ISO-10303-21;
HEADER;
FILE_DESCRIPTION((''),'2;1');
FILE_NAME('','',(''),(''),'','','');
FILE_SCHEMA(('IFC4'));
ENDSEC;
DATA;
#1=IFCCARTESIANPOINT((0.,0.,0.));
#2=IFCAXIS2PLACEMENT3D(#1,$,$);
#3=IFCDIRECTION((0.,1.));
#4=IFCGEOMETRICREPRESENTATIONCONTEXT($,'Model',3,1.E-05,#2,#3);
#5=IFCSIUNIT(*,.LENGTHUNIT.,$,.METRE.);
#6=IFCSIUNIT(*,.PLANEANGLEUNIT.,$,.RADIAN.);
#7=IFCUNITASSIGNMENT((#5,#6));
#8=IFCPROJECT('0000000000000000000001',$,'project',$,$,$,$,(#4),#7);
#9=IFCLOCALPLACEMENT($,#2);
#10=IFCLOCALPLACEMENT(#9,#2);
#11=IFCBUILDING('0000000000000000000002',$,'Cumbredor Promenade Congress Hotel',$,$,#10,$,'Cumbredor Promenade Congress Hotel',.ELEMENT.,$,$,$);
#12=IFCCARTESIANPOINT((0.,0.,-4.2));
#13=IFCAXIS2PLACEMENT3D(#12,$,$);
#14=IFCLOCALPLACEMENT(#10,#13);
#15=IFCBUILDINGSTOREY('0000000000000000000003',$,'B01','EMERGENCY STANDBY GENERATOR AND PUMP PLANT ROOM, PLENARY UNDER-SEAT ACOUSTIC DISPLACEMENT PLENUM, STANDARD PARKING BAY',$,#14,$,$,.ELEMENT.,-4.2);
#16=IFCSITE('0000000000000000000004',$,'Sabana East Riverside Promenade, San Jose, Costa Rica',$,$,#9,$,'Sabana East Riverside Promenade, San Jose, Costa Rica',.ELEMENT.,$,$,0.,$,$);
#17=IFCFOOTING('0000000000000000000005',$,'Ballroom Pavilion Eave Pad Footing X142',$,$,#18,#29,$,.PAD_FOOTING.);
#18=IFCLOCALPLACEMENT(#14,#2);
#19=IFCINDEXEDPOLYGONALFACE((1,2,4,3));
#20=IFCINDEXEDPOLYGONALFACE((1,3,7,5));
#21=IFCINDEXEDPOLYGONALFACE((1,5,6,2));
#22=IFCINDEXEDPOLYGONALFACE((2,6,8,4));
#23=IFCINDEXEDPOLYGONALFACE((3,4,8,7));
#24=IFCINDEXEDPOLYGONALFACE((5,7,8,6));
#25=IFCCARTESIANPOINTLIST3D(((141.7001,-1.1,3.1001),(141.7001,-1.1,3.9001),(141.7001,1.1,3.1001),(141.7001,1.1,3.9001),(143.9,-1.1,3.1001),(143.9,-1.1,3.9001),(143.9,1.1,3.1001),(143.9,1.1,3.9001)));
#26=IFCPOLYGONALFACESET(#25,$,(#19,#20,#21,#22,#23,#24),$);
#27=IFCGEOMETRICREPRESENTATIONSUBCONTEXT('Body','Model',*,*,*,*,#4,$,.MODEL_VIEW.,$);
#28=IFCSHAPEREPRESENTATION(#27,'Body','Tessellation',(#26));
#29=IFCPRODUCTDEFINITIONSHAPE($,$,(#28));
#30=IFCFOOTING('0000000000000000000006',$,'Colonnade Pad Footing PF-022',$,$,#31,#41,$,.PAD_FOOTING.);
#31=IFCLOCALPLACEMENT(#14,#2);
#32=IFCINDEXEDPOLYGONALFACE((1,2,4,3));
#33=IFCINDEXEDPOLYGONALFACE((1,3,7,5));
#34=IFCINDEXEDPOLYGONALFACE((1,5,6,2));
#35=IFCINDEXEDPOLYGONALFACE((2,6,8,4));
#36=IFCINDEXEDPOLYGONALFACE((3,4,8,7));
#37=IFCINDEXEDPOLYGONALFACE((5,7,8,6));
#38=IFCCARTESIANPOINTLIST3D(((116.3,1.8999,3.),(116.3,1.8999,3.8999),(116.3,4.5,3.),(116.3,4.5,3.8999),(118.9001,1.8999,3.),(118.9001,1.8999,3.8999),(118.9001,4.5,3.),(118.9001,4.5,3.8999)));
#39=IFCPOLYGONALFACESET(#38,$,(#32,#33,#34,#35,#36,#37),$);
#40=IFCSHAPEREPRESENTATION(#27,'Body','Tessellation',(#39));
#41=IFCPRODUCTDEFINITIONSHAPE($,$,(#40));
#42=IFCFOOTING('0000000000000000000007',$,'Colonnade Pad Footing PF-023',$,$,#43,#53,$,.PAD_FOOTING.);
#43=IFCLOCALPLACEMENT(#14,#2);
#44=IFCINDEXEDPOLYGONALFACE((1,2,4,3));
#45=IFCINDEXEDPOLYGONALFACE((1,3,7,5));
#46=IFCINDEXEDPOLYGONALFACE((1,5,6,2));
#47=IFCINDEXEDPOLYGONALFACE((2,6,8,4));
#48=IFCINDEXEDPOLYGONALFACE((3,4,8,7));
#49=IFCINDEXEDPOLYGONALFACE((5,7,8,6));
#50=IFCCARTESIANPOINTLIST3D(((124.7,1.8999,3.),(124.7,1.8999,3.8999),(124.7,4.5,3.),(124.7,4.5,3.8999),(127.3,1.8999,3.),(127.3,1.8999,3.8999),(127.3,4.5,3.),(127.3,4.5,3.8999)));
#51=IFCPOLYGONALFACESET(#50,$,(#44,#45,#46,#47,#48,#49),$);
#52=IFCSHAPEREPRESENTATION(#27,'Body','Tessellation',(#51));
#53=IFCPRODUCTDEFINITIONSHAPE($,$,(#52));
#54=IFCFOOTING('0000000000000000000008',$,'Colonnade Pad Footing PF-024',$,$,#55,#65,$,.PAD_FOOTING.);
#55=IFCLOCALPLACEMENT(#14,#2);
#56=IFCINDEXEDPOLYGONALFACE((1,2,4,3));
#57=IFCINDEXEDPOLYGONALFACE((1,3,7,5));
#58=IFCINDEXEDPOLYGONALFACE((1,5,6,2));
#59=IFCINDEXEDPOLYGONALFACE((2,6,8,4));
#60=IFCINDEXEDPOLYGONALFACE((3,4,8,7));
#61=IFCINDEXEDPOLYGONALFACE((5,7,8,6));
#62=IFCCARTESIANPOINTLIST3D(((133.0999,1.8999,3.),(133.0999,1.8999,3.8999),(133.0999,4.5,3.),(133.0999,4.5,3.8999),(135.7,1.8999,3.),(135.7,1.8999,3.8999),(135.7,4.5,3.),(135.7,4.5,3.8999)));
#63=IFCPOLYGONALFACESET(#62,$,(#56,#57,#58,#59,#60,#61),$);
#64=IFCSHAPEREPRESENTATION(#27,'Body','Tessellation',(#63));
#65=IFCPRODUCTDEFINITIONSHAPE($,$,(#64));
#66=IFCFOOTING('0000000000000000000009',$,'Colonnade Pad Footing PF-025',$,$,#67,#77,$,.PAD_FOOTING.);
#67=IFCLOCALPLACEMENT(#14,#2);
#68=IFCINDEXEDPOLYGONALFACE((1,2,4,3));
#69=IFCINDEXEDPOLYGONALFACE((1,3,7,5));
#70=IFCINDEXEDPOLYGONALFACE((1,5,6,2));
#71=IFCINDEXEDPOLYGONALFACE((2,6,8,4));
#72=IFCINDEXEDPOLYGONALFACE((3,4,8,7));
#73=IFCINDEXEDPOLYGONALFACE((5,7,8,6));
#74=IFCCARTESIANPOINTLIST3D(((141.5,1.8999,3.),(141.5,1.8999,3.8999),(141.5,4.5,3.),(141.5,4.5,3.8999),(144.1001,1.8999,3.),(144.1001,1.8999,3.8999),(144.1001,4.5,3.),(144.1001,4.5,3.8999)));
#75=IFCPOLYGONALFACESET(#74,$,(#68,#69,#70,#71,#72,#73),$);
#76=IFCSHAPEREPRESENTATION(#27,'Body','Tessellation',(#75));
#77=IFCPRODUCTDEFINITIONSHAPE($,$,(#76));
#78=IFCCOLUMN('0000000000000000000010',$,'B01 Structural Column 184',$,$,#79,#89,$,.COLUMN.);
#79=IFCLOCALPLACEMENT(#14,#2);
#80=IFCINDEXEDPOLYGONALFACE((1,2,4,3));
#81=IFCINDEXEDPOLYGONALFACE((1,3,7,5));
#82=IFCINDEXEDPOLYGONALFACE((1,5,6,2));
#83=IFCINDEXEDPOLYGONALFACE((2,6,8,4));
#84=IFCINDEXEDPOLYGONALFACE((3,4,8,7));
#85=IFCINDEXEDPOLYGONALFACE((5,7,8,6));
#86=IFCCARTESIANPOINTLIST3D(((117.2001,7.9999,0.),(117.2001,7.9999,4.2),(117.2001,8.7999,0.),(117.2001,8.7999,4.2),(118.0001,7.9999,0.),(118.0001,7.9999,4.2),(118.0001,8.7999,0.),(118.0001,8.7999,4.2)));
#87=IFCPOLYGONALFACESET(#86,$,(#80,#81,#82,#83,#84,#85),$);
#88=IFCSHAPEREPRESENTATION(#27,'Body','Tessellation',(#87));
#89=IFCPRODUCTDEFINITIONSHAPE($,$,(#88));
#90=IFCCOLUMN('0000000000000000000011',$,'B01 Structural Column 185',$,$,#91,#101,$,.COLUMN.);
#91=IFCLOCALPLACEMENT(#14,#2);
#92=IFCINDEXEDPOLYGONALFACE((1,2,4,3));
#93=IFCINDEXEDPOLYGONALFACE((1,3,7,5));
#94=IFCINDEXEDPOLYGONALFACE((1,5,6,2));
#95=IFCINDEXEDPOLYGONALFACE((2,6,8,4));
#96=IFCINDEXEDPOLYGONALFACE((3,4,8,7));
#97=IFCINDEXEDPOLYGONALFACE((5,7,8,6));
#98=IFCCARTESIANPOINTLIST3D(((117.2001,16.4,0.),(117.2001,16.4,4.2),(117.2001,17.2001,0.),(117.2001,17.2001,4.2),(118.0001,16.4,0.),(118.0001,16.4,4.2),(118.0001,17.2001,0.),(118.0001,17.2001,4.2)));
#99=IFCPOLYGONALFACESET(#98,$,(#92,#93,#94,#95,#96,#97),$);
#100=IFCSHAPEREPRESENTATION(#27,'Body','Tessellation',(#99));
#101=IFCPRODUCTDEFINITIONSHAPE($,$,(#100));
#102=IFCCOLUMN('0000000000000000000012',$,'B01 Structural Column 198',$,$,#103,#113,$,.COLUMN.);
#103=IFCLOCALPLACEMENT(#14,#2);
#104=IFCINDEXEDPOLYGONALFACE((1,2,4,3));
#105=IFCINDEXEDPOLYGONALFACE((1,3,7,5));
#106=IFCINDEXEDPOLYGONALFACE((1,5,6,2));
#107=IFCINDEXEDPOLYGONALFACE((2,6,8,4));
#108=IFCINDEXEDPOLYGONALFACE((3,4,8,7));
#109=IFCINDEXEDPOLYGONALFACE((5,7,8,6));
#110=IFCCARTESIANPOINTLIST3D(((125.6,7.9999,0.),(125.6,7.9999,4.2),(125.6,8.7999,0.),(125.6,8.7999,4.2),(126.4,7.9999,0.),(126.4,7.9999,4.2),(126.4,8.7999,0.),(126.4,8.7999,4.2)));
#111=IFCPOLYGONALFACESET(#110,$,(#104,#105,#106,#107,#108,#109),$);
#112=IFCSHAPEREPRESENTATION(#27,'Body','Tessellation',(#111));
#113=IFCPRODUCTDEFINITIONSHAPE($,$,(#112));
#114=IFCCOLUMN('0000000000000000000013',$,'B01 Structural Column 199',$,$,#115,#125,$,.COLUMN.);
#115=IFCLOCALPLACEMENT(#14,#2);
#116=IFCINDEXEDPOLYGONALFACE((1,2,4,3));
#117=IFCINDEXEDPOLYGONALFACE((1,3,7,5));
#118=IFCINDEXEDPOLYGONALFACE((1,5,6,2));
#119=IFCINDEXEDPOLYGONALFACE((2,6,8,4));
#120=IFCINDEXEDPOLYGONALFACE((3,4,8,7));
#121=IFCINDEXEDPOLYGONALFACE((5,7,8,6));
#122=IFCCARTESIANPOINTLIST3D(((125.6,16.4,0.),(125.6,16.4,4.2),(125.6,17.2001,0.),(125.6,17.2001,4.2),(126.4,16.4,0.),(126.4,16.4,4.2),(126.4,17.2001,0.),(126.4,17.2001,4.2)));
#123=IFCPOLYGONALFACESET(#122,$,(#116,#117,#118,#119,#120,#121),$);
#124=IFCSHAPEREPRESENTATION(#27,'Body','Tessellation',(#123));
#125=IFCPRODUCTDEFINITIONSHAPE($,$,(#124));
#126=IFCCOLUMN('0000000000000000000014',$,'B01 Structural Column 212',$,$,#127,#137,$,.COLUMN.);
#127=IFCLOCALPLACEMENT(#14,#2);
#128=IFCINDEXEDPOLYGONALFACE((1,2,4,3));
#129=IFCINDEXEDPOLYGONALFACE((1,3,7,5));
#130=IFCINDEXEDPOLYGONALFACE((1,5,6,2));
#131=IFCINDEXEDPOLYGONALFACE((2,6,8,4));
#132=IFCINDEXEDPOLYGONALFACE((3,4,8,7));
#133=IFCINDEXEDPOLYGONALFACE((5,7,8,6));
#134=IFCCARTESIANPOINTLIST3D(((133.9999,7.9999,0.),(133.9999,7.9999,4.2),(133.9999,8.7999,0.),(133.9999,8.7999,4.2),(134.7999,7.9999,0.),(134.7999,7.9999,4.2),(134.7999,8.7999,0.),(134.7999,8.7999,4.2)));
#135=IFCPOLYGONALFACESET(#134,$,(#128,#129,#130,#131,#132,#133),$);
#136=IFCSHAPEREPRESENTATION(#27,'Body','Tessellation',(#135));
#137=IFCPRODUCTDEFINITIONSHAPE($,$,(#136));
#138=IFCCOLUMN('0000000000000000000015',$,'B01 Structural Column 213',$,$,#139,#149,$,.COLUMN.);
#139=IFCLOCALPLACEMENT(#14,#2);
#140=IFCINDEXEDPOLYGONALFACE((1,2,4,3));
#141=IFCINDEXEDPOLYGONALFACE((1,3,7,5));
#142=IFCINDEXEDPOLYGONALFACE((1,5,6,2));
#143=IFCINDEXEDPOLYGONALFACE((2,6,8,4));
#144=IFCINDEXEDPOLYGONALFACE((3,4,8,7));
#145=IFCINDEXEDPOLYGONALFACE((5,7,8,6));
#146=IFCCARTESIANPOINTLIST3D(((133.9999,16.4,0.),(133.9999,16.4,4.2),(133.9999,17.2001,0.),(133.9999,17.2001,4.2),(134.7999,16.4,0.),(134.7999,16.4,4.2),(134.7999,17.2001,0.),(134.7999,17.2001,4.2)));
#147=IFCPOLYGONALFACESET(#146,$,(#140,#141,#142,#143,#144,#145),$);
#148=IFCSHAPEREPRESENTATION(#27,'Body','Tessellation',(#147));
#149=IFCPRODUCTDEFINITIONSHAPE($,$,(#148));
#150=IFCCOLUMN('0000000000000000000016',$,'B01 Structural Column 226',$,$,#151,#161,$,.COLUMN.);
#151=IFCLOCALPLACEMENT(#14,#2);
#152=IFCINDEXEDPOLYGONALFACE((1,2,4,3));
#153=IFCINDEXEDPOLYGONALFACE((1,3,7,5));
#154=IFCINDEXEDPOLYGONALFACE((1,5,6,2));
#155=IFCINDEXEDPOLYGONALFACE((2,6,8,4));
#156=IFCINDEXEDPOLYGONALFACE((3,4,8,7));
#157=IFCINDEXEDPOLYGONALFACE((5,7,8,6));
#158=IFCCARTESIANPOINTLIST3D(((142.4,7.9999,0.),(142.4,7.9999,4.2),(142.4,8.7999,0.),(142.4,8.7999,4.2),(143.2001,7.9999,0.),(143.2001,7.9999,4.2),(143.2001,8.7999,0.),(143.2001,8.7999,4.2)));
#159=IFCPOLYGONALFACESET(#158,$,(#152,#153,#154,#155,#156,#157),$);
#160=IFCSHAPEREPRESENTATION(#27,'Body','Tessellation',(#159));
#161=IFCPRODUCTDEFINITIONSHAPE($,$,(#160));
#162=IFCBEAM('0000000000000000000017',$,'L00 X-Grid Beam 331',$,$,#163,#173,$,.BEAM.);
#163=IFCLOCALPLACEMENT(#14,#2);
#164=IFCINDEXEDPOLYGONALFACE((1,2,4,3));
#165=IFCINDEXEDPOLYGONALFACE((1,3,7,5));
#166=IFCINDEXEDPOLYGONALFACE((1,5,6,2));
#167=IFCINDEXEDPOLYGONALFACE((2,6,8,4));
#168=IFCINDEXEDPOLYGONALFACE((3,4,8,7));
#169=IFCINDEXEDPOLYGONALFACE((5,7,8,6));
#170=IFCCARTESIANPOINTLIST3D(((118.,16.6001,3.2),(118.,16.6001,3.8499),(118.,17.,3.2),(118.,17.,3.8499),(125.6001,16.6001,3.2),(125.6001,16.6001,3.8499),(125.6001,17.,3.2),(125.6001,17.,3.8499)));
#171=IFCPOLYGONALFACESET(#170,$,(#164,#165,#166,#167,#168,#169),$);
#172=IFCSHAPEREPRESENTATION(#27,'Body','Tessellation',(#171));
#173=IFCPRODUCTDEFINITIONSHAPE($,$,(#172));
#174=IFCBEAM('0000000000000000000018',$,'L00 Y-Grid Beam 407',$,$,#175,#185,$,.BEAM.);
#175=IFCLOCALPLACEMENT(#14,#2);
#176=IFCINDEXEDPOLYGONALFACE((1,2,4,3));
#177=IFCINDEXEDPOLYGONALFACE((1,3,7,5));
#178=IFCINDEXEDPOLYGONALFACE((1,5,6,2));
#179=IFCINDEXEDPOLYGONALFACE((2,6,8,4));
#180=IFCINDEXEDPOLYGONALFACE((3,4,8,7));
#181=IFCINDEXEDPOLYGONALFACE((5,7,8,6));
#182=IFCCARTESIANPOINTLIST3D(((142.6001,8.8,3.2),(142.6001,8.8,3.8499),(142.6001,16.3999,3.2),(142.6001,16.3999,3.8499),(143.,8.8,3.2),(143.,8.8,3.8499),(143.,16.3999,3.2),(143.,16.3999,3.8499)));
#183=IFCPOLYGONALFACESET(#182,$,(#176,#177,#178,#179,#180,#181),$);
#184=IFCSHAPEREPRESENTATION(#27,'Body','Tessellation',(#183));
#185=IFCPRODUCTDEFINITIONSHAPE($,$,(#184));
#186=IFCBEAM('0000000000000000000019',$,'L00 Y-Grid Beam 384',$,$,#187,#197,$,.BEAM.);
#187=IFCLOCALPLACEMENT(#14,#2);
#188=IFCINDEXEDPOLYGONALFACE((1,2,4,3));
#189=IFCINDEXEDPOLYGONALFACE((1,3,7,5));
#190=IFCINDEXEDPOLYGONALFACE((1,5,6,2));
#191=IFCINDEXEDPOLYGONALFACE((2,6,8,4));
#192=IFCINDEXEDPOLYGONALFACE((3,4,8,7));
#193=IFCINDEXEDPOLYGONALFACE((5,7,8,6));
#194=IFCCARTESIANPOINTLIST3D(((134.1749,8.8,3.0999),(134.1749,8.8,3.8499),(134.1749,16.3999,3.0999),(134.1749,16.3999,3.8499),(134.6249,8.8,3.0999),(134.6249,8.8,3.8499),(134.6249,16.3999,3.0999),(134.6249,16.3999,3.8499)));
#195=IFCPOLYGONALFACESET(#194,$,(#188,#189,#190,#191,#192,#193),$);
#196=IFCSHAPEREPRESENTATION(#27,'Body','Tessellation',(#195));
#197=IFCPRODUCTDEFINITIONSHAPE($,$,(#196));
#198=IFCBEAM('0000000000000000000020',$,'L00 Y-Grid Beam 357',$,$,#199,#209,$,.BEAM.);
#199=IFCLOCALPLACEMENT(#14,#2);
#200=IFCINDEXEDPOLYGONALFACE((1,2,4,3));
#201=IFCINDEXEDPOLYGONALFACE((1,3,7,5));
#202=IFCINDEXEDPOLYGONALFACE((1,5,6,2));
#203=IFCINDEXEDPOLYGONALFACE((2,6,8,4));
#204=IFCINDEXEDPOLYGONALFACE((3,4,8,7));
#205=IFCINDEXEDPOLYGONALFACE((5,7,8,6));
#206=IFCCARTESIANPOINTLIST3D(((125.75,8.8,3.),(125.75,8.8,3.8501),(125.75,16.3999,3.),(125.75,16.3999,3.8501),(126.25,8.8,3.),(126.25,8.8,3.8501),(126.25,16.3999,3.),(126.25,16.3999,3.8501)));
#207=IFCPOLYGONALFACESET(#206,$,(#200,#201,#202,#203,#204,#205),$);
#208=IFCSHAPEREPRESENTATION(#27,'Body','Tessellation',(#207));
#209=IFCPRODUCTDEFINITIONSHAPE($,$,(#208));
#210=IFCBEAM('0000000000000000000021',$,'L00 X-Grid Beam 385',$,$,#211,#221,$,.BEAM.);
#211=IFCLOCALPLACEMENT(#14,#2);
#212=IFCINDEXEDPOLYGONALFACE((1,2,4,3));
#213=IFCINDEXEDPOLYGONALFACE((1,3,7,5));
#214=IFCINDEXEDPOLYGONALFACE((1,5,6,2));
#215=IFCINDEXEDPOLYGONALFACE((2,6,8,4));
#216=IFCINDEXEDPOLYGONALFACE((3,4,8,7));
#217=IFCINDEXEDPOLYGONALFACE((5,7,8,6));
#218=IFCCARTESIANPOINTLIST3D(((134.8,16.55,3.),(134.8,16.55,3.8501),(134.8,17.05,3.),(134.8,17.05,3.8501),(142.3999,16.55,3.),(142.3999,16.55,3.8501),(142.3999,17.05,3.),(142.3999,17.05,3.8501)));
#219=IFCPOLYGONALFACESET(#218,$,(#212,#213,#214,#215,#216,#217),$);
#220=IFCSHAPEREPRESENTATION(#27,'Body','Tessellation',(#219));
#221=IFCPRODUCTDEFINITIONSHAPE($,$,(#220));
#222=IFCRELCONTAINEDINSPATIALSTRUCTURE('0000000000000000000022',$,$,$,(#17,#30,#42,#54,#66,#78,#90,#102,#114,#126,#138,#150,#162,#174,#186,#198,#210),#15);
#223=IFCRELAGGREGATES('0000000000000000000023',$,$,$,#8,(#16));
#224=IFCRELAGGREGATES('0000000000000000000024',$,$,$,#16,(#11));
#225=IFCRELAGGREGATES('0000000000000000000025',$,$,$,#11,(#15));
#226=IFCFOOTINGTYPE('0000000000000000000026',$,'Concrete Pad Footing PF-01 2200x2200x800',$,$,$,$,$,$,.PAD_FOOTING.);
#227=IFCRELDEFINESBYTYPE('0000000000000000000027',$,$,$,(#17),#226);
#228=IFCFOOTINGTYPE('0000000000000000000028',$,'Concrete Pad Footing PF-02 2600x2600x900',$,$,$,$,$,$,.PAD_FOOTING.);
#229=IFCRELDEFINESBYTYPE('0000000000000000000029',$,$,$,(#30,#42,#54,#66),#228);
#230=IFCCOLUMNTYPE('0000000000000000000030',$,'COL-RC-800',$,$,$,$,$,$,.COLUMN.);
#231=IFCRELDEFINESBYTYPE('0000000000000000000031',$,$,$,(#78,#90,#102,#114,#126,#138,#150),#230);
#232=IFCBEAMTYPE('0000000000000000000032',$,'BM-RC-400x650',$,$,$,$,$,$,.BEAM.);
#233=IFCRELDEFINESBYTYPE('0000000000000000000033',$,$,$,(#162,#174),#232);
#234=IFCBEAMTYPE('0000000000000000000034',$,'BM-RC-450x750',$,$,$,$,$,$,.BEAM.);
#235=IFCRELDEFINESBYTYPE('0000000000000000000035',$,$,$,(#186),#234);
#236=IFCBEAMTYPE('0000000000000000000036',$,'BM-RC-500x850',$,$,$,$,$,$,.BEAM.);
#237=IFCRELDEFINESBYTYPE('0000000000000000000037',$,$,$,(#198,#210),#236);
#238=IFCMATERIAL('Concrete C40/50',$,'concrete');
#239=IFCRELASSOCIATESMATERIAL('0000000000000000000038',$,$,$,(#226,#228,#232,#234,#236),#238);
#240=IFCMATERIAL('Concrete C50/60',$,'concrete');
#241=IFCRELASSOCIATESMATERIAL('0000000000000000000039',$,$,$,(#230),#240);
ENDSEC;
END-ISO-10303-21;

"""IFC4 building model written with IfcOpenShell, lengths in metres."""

from ifc_helpers import new_model, si_unit, direction, frame, origin, origin_2d, place, context, subcontext, project, spatial, rectangle, extrude, material, material_profile, profile_set, type_object, element, save


model = new_model("IFC4")

# Units and contexts
model_context = context("Model", 3, precision=1e-05, world=origin(), true_north=direction((0.0, 1.0)))
body_context = subcontext(model_context, "Body", "Model", "MODEL_VIEW")
ifc_project = project(units=[si_unit("LENGTHUNIT", "METRE"), si_unit("PLANEANGLEUNIT", "RADIAN")], contexts=[model_context])

# Site, building, storey
site_placement = place(None, origin())
site = spatial("IfcSite", under=ifc_project, at=site_placement, Name="Sabana East Riverside Promenade, San Jose, Costa Rica", LongName="Sabana East Riverside Promenade, San Jose, Costa Rica", CompositionType="ELEMENT", RefElevation=0.0)
building_placement = place(site_placement, origin())
building = spatial("IfcBuilding", under=site, at=building_placement, Name="Cumbredor Promenade Congress Hotel", LongName="Cumbredor Promenade Congress Hotel", CompositionType="ELEMENT")
storey_placement = place(building_placement, frame((0.0, 0.0, -4.2)))
storey = spatial("IfcBuildingStorey", under=building, at=storey_placement, Name="B01", Description="EMERGENCY STANDBY GENERATOR AND PUMP PLANT ROOM, PLENARY UNDER-SEAT ACOUSTIC DISPLACEMENT PLENUM, STANDARD PARKING BAY", CompositionType="ELEMENT", Elevation=-4.2)

# Footings
ifc_material_1 = material(Name="Concrete C40/50", Category="concrete")
footing_type_1 = type_object("IfcFootingType", Name="Concrete Pad Footing PF-01 2200x2200x800", PredefinedType="PAD_FOOTING", material=ifc_material_1)
footing_placement = place(storey_placement, frame((142.8, 0.0, 3.1001), z_axis=(0.0, 0.0, 1.0), x_axis=(1.0, 0.0, 0.0)))
element("IfcFooting", 1, at=footing_placement, inside=storey, type_object=footing_type_1, Name="Ballroom Pavilion Eave Pad Footing X142", PredefinedType="PAD_FOOTING", context=body_context, shape_type="SweptSolid", body=[
    extrude(rectangle(XDim=2.2, YDim=2.2, at=origin_2d()), origin(), (0.0, 0.0, 1.0), 0.8),
])
footing_type_2 = type_object("IfcFootingType", Name="Concrete Pad Footing PF-02 2600x2600x900", PredefinedType="PAD_FOOTING", material=ifc_material_1)
for number, where, z_axis, x_axis, name in (
    (2, (117.6001, 3.2, 3.0), (0.0, 0.0, 1.0), (1.0, 0.0, 0.0), "Colonnade Pad Footing PF-022"),
    (3, (126.0, 3.2, 3.0), (0.0, 0.0, 1.0), (1.0, 0.0, 0.0), "Colonnade Pad Footing PF-023"),
    (4, (134.3999, 3.2, 3.0), (0.0, 0.0, 1.0), (1.0, 0.0, 0.0), "Colonnade Pad Footing PF-024"),
    (5, (142.8, 3.2, 3.0), (0.0, 0.0, 1.0), (1.0, 0.0, 0.0), "Colonnade Pad Footing PF-025"),
):
    element("IfcFooting", number, at=place(storey_placement, frame(where, z_axis=z_axis, x_axis=x_axis)), inside=storey, type_object=footing_type_2, Name=name, PredefinedType="PAD_FOOTING", context=body_context, shape_type="SweptSolid", body=[
        extrude(rectangle(XDim=2.6001, YDim=2.6001, at=origin_2d()), origin(), (0.0, 0.0, 1.0), 0.8999),
    ])

# Columns
ifc_material_2 = material(Name="Concrete C50/60", Category="concrete")
ifc_material_profile_1 = material_profile(ifc_material_2, rectangle(XDim=0.8, YDim=0.8, at=origin_2d()), Name="RC 800x800")
ifc_profile_set_1 = profile_set([ifc_material_profile_1], Name="Concrete C50/60")
column_type = type_object("IfcColumnType", Name="COL-RC-800", PredefinedType="COLUMN", material=ifc_profile_set_1)
for number, where, z_axis, x_axis, name in (
    (6, (117.6001, 8.3999, 0.0), (0.0, 0.0, 1.0), (1.0, 0.0, 0.0), "B01 Structural Column 184"),
    (7, (117.6001, 16.8, 0.0), (0.0, 0.0, 1.0), (1.0, 0.0, 0.0), "B01 Structural Column 185"),
    (8, (126.0, 8.3999, 0.0), (0.0, 0.0, 1.0), (1.0, 0.0, 0.0), "B01 Structural Column 198"),
    (9, (126.0, 16.8, 0.0), (0.0, 0.0, 1.0), (1.0, 0.0, 0.0), "B01 Structural Column 199"),
    (10, (134.3999, 8.3999, 0.0), (0.0, 0.0, 1.0), (1.0, 0.0, 0.0), "B01 Structural Column 212"),
    (11, (134.3999, 16.8, 0.0), (0.0, 0.0, 1.0), (1.0, 0.0, 0.0), "B01 Structural Column 213"),
    (12, (142.8, 8.3999, 0.0), (0.0, 0.0, 1.0), (1.0, 0.0, 0.0), "B01 Structural Column 226"),
):
    element("IfcColumn", number, at=place(storey_placement, frame(where, z_axis=z_axis, x_axis=x_axis)), inside=storey, type_object=column_type, Name=name, PredefinedType="COLUMN", context=body_context, shape_type="SweptSolid", body=[
        extrude(rectangle(XDim=0.8, YDim=0.8, at=origin_2d()), origin(), (0.0, 0.0, 1.0), 4.2),
    ])

# Beams
ifc_material_profile_2 = material_profile(ifc_material_1, rectangle(XDim=0.3999, YDim=0.6499, at=origin_2d()), Name="RC BEAM 400x650")
ifc_profile_set_2 = profile_set([ifc_material_profile_2], Name="Concrete C40/50")
beam_type_1 = type_object("IfcBeamType", Name="BM-RC-400x650", PredefinedType="BEAM", material=ifc_profile_set_2)
beam_1_placement = place(storey_placement, frame((118.0, 16.8, 3.5249), z_axis=(1.0, 0.0, 0.0), x_axis=(0.0, 1.0, 0.0)))
element("IfcBeam", 13, at=beam_1_placement, inside=storey, type_object=beam_type_1, Name="L00 X-Grid Beam 331", PredefinedType="BEAM", context=body_context, shape_type="SweptSolid", body=[
    extrude(rectangle(XDim=0.3999, YDim=0.6499, at=origin_2d()), origin(), (0.0, 0.0, 1.0), 7.6001),
])
beam_2_placement = place(storey_placement, frame((142.8, 8.8, 3.5249), z_axis=(0.0, 1.0, 0.0), x_axis=(-1.0, 0.0, 0.0)))
element("IfcBeam", 14, at=beam_2_placement, inside=storey, type_object=beam_type_1, Name="L00 Y-Grid Beam 407", PredefinedType="BEAM", context=body_context, shape_type="SweptSolid", body=[
    extrude(rectangle(XDim=0.3999, YDim=0.6499, at=origin_2d()), origin(), (0.0, 0.0, 1.0), 7.5999),
])
ifc_material_profile_3 = material_profile(ifc_material_1, rectangle(XDim=0.45, YDim=0.75, at=origin_2d()), Name="RC BEAM 450x750")
ifc_profile_set_3 = profile_set([ifc_material_profile_3], Name="Concrete C40/50")
beam_type_2 = type_object("IfcBeamType", Name="BM-RC-450x750", PredefinedType="BEAM", material=ifc_profile_set_3)
beam_3_placement = place(storey_placement, frame((134.3999, 8.8, 3.4749), z_axis=(0.0, 1.0, 0.0), x_axis=(-1.0, 0.0, 0.0)))
element("IfcBeam", 15, at=beam_3_placement, inside=storey, type_object=beam_type_2, Name="L00 Y-Grid Beam 384", PredefinedType="BEAM", context=body_context, shape_type="SweptSolid", body=[
    extrude(rectangle(XDim=0.45, YDim=0.75, at=origin_2d()), origin(), (0.0, 0.0, 1.0), 7.5999),
])
ifc_material_profile_4 = material_profile(ifc_material_1, rectangle(XDim=0.5, YDim=0.8501, at=origin_2d()), Name="RC BEAM 500x850")
ifc_profile_set_4 = profile_set([ifc_material_profile_4], Name="Concrete C40/50")
beam_type_3 = type_object("IfcBeamType", Name="BM-RC-500x850", PredefinedType="BEAM", material=ifc_profile_set_4)
for number, where, z_axis, x_axis, name in (
    (16, (126.0, 8.8, 3.425), (0.0, 1.0, 0.0), (-1.0, 0.0, 0.0), "L00 Y-Grid Beam 357"),
    (17, (134.8, 16.8, 3.425), (1.0, 0.0, 0.0), (0.0, 1.0, 0.0), "L00 X-Grid Beam 385"),
):
    element("IfcBeam", number, at=place(storey_placement, frame(where, z_axis=z_axis, x_axis=x_axis)), inside=storey, type_object=beam_type_3, Name=name, PredefinedType="BEAM", context=body_context, shape_type="SweptSolid", body=[
        extrude(rectangle(XDim=0.5, YDim=0.8501, at=origin_2d()), origin(), (0.0, 0.0, 1.0), 7.5999),
    ])

save(model, "model.ifc")
